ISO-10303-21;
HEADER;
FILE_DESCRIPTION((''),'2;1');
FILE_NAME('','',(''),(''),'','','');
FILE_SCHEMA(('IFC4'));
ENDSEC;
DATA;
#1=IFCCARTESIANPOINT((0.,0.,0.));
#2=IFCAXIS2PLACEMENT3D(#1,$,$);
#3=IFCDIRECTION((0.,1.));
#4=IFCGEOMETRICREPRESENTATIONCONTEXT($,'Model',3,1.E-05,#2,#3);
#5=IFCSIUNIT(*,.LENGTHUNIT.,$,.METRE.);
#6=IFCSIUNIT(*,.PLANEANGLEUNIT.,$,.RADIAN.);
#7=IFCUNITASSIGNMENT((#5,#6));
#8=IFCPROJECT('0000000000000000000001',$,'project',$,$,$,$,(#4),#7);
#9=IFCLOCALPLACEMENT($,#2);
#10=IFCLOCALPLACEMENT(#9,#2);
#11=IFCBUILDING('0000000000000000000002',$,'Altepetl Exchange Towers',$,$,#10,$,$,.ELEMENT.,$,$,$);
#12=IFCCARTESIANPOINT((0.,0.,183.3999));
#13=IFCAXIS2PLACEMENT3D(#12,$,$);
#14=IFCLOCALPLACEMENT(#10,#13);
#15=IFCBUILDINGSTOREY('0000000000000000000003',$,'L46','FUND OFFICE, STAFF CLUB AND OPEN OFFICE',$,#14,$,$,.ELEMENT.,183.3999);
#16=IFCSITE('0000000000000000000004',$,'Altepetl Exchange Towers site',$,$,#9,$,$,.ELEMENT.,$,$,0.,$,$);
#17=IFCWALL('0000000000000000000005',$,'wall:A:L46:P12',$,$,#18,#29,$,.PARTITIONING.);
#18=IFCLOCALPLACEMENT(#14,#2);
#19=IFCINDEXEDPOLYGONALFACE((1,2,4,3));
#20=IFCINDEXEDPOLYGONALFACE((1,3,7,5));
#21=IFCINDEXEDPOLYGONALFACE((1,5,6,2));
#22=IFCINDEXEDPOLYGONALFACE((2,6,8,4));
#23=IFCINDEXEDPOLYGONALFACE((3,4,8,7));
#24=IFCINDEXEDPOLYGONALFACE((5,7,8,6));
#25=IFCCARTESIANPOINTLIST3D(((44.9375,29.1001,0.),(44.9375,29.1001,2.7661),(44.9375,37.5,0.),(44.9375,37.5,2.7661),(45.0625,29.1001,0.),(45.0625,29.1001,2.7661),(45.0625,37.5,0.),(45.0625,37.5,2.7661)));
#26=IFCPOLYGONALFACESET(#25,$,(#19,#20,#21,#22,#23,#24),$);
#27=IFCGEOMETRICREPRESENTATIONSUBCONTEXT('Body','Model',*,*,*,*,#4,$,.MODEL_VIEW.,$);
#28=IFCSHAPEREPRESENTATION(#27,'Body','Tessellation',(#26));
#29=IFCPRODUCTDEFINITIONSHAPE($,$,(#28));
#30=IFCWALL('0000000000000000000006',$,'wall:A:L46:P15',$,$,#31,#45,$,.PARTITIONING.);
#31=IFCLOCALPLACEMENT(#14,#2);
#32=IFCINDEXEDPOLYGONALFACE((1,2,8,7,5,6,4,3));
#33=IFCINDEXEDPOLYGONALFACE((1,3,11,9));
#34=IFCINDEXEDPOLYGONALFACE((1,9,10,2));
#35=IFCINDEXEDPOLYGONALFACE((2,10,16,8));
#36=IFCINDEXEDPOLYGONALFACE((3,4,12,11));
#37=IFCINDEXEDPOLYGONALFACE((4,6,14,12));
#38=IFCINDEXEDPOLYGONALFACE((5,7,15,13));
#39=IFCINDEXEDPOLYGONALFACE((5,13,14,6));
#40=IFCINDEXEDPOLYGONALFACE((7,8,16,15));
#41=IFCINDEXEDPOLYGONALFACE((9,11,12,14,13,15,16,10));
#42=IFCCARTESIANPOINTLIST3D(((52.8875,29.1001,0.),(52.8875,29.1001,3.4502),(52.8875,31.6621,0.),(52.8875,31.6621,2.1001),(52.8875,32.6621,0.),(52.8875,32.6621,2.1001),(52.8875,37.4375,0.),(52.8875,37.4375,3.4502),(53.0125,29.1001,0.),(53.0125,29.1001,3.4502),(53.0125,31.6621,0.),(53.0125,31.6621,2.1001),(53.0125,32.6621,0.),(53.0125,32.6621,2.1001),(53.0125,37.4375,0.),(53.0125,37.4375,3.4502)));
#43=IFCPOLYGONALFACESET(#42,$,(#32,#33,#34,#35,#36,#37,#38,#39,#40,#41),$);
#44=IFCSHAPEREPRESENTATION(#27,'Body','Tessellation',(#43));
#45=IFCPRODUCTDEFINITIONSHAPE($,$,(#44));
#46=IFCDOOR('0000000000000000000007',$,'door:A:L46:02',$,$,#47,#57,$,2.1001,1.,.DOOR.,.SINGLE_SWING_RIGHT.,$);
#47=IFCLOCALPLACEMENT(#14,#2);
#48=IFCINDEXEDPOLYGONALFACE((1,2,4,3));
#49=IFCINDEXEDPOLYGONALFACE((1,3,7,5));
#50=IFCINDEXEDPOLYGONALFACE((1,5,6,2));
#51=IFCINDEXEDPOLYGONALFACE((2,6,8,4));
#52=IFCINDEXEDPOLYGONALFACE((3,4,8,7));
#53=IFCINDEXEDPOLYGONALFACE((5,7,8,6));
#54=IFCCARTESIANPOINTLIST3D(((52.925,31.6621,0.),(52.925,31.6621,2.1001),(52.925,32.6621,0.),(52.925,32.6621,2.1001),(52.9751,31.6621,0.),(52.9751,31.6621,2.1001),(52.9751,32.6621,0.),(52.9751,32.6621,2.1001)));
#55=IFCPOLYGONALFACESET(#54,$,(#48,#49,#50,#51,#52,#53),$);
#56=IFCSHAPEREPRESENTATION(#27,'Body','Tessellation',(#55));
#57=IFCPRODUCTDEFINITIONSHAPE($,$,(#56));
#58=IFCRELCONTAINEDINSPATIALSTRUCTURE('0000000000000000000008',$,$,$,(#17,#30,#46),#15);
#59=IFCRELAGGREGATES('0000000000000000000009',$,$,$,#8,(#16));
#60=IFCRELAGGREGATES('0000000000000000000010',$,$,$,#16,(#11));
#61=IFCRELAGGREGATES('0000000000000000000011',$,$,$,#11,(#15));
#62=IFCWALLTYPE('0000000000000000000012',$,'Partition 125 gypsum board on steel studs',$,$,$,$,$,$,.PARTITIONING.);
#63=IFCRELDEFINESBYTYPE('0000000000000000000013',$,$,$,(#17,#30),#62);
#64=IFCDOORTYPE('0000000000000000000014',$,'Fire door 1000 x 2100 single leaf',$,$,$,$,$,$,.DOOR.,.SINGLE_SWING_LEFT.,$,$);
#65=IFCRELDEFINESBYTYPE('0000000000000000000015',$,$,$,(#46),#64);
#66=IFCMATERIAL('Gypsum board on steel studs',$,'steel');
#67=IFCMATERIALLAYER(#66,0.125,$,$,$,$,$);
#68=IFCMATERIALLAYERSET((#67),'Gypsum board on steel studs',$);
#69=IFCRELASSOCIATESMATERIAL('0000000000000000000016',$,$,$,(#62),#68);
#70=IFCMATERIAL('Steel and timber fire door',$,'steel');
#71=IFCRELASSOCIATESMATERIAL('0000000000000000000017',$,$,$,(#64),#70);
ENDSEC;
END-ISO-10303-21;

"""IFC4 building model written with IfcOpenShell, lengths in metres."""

from ifc_helpers import new_model, si_unit, direction, frame, frame_2d, origin, place, context, subcontext, project, spatial, rectangle, extrude, material, layer, layer_set, type_object, element, fill, save


model = new_model("IFC4")

# Units and contexts
model_context = context("Model", 3, precision=1e-05, world=origin(), true_north=direction((0.0, 1.0)))
body_context = subcontext(model_context, "Body", "Model", "MODEL_VIEW")
ifc_project = project(units=[si_unit("LENGTHUNIT", "METRE"), si_unit("PLANEANGLEUNIT", "RADIAN")], contexts=[model_context])

# Site, building, storey
site_placement = place(None, origin())
site = spatial("IfcSite", under=ifc_project, at=site_placement, Name="Altepetl Exchange Towers site", CompositionType="ELEMENT", RefElevation=0.0)
building_placement = place(site_placement, origin())
building = spatial("IfcBuilding", under=site, at=building_placement, Name="Altepetl Exchange Towers", CompositionType="ELEMENT")
storey_placement = place(building_placement, frame((0.0, 0.0, 183.3999)))
storey = spatial("IfcBuildingStorey", under=building, at=storey_placement, Name="L46", Description="FUND OFFICE, STAFF CLUB AND OPEN OFFICE", CompositionType="ELEMENT", Elevation=183.3999)

# Shared definitions
ifc_material_1 = material(Name="Gypsum board on steel studs", Category="steel")
ifc_layer_1 = layer(ifc_material_1, 0.125)
ifc_layer_set_1 = layer_set([ifc_layer_1], Name="Gypsum board on steel studs")
wall_type_1 = type_object("IfcWallType", Name="Partition 125 gypsum board on steel studs", PredefinedType="PARTITIONING", material=ifc_layer_set_1)
ifc_material_2 = material(Name="Steel and timber fire door", Category="steel")

# Wall
wall_1_placement = place(storey_placement, frame((45.0, 29.1001, 0.0), z_axis=(0.0, 0.0, 1.0), x_axis=(0.0, 1.0, 0.0)))
element("IfcWall", 1, at=wall_1_placement, inside=storey, type_object=wall_type_1, Name="wall:A:L46:P12", PredefinedType="PARTITIONING", context=body_context, shape_type="SweptSolid", body=[
    extrude(rectangle(XDim=8.3999, YDim=0.125, at=frame_2d((4.2, 0.0))), origin(), (0.0, 0.0, 1.0), 2.7661),
])

# Wall, opening, door
wall_2_placement = place(storey_placement, frame((52.95, 29.1001, 0.0), z_axis=(0.0, 0.0, 1.0), x_axis=(0.0, 1.0, 0.0)))
wall_2 = element("IfcWall", 2, at=wall_2_placement, inside=storey, type_object=wall_type_1, Name="wall:A:L46:P15", PredefinedType="PARTITIONING", context=body_context, shape_type="SweptSolid", body=[
    extrude(rectangle(XDim=8.3374, YDim=0.125, at=frame_2d((4.1687, 0.0))), origin(), (0.0, 0.0, 1.0), 3.4502),
])
opening_1_placement = place(wall_2_placement, frame((2.562, 0.0, 0.0)))
opening_1 = element("IfcOpeningElement", 3, at=opening_1_placement, cuts=wall_2, PredefinedType="OPENING", context=body_context, shape_type="SweptSolid", body=[
    extrude(rectangle(XDim=1.0, YDim=2.1001, at=frame_2d((0.5, 1.05))), frame((0.0, 0.0725, 0.0), z_axis=(0.0, -1.0, 0.0), x_axis=(1.0, 0.0, 0.0)), (0.0, 0.0, 1.0), 0.145),
])
door_type_1 = type_object("IfcDoorType", Name="Fire door 1000 x 2100 single leaf", OperationType="SINGLE_SWING_LEFT", PredefinedType="DOOR", material=ifc_material_2)
door_1_placement = place(opening_1_placement, origin())
door_1 = element("IfcDoor", 4, at=door_1_placement, inside=storey, type_object=door_type_1, Name="door:A:L46:02", OperationType="SINGLE_SWING_RIGHT", OverallHeight=2.1001, OverallWidth=1.0, PredefinedType="DOOR", context=body_context, shape_type="SweptSolid", body=[
    extrude(rectangle(XDim=1.0, YDim=2.1001, at=frame_2d((0.5, 1.05))), frame((0.0, 0.0249, 0.0), z_axis=(0.0, -1.0, 0.0), x_axis=(1.0, 0.0, 0.0)), (0.0, 0.0, 1.0), 0.05),
])
fill(opening_1, door_1)

save(model, "model.ifc")
